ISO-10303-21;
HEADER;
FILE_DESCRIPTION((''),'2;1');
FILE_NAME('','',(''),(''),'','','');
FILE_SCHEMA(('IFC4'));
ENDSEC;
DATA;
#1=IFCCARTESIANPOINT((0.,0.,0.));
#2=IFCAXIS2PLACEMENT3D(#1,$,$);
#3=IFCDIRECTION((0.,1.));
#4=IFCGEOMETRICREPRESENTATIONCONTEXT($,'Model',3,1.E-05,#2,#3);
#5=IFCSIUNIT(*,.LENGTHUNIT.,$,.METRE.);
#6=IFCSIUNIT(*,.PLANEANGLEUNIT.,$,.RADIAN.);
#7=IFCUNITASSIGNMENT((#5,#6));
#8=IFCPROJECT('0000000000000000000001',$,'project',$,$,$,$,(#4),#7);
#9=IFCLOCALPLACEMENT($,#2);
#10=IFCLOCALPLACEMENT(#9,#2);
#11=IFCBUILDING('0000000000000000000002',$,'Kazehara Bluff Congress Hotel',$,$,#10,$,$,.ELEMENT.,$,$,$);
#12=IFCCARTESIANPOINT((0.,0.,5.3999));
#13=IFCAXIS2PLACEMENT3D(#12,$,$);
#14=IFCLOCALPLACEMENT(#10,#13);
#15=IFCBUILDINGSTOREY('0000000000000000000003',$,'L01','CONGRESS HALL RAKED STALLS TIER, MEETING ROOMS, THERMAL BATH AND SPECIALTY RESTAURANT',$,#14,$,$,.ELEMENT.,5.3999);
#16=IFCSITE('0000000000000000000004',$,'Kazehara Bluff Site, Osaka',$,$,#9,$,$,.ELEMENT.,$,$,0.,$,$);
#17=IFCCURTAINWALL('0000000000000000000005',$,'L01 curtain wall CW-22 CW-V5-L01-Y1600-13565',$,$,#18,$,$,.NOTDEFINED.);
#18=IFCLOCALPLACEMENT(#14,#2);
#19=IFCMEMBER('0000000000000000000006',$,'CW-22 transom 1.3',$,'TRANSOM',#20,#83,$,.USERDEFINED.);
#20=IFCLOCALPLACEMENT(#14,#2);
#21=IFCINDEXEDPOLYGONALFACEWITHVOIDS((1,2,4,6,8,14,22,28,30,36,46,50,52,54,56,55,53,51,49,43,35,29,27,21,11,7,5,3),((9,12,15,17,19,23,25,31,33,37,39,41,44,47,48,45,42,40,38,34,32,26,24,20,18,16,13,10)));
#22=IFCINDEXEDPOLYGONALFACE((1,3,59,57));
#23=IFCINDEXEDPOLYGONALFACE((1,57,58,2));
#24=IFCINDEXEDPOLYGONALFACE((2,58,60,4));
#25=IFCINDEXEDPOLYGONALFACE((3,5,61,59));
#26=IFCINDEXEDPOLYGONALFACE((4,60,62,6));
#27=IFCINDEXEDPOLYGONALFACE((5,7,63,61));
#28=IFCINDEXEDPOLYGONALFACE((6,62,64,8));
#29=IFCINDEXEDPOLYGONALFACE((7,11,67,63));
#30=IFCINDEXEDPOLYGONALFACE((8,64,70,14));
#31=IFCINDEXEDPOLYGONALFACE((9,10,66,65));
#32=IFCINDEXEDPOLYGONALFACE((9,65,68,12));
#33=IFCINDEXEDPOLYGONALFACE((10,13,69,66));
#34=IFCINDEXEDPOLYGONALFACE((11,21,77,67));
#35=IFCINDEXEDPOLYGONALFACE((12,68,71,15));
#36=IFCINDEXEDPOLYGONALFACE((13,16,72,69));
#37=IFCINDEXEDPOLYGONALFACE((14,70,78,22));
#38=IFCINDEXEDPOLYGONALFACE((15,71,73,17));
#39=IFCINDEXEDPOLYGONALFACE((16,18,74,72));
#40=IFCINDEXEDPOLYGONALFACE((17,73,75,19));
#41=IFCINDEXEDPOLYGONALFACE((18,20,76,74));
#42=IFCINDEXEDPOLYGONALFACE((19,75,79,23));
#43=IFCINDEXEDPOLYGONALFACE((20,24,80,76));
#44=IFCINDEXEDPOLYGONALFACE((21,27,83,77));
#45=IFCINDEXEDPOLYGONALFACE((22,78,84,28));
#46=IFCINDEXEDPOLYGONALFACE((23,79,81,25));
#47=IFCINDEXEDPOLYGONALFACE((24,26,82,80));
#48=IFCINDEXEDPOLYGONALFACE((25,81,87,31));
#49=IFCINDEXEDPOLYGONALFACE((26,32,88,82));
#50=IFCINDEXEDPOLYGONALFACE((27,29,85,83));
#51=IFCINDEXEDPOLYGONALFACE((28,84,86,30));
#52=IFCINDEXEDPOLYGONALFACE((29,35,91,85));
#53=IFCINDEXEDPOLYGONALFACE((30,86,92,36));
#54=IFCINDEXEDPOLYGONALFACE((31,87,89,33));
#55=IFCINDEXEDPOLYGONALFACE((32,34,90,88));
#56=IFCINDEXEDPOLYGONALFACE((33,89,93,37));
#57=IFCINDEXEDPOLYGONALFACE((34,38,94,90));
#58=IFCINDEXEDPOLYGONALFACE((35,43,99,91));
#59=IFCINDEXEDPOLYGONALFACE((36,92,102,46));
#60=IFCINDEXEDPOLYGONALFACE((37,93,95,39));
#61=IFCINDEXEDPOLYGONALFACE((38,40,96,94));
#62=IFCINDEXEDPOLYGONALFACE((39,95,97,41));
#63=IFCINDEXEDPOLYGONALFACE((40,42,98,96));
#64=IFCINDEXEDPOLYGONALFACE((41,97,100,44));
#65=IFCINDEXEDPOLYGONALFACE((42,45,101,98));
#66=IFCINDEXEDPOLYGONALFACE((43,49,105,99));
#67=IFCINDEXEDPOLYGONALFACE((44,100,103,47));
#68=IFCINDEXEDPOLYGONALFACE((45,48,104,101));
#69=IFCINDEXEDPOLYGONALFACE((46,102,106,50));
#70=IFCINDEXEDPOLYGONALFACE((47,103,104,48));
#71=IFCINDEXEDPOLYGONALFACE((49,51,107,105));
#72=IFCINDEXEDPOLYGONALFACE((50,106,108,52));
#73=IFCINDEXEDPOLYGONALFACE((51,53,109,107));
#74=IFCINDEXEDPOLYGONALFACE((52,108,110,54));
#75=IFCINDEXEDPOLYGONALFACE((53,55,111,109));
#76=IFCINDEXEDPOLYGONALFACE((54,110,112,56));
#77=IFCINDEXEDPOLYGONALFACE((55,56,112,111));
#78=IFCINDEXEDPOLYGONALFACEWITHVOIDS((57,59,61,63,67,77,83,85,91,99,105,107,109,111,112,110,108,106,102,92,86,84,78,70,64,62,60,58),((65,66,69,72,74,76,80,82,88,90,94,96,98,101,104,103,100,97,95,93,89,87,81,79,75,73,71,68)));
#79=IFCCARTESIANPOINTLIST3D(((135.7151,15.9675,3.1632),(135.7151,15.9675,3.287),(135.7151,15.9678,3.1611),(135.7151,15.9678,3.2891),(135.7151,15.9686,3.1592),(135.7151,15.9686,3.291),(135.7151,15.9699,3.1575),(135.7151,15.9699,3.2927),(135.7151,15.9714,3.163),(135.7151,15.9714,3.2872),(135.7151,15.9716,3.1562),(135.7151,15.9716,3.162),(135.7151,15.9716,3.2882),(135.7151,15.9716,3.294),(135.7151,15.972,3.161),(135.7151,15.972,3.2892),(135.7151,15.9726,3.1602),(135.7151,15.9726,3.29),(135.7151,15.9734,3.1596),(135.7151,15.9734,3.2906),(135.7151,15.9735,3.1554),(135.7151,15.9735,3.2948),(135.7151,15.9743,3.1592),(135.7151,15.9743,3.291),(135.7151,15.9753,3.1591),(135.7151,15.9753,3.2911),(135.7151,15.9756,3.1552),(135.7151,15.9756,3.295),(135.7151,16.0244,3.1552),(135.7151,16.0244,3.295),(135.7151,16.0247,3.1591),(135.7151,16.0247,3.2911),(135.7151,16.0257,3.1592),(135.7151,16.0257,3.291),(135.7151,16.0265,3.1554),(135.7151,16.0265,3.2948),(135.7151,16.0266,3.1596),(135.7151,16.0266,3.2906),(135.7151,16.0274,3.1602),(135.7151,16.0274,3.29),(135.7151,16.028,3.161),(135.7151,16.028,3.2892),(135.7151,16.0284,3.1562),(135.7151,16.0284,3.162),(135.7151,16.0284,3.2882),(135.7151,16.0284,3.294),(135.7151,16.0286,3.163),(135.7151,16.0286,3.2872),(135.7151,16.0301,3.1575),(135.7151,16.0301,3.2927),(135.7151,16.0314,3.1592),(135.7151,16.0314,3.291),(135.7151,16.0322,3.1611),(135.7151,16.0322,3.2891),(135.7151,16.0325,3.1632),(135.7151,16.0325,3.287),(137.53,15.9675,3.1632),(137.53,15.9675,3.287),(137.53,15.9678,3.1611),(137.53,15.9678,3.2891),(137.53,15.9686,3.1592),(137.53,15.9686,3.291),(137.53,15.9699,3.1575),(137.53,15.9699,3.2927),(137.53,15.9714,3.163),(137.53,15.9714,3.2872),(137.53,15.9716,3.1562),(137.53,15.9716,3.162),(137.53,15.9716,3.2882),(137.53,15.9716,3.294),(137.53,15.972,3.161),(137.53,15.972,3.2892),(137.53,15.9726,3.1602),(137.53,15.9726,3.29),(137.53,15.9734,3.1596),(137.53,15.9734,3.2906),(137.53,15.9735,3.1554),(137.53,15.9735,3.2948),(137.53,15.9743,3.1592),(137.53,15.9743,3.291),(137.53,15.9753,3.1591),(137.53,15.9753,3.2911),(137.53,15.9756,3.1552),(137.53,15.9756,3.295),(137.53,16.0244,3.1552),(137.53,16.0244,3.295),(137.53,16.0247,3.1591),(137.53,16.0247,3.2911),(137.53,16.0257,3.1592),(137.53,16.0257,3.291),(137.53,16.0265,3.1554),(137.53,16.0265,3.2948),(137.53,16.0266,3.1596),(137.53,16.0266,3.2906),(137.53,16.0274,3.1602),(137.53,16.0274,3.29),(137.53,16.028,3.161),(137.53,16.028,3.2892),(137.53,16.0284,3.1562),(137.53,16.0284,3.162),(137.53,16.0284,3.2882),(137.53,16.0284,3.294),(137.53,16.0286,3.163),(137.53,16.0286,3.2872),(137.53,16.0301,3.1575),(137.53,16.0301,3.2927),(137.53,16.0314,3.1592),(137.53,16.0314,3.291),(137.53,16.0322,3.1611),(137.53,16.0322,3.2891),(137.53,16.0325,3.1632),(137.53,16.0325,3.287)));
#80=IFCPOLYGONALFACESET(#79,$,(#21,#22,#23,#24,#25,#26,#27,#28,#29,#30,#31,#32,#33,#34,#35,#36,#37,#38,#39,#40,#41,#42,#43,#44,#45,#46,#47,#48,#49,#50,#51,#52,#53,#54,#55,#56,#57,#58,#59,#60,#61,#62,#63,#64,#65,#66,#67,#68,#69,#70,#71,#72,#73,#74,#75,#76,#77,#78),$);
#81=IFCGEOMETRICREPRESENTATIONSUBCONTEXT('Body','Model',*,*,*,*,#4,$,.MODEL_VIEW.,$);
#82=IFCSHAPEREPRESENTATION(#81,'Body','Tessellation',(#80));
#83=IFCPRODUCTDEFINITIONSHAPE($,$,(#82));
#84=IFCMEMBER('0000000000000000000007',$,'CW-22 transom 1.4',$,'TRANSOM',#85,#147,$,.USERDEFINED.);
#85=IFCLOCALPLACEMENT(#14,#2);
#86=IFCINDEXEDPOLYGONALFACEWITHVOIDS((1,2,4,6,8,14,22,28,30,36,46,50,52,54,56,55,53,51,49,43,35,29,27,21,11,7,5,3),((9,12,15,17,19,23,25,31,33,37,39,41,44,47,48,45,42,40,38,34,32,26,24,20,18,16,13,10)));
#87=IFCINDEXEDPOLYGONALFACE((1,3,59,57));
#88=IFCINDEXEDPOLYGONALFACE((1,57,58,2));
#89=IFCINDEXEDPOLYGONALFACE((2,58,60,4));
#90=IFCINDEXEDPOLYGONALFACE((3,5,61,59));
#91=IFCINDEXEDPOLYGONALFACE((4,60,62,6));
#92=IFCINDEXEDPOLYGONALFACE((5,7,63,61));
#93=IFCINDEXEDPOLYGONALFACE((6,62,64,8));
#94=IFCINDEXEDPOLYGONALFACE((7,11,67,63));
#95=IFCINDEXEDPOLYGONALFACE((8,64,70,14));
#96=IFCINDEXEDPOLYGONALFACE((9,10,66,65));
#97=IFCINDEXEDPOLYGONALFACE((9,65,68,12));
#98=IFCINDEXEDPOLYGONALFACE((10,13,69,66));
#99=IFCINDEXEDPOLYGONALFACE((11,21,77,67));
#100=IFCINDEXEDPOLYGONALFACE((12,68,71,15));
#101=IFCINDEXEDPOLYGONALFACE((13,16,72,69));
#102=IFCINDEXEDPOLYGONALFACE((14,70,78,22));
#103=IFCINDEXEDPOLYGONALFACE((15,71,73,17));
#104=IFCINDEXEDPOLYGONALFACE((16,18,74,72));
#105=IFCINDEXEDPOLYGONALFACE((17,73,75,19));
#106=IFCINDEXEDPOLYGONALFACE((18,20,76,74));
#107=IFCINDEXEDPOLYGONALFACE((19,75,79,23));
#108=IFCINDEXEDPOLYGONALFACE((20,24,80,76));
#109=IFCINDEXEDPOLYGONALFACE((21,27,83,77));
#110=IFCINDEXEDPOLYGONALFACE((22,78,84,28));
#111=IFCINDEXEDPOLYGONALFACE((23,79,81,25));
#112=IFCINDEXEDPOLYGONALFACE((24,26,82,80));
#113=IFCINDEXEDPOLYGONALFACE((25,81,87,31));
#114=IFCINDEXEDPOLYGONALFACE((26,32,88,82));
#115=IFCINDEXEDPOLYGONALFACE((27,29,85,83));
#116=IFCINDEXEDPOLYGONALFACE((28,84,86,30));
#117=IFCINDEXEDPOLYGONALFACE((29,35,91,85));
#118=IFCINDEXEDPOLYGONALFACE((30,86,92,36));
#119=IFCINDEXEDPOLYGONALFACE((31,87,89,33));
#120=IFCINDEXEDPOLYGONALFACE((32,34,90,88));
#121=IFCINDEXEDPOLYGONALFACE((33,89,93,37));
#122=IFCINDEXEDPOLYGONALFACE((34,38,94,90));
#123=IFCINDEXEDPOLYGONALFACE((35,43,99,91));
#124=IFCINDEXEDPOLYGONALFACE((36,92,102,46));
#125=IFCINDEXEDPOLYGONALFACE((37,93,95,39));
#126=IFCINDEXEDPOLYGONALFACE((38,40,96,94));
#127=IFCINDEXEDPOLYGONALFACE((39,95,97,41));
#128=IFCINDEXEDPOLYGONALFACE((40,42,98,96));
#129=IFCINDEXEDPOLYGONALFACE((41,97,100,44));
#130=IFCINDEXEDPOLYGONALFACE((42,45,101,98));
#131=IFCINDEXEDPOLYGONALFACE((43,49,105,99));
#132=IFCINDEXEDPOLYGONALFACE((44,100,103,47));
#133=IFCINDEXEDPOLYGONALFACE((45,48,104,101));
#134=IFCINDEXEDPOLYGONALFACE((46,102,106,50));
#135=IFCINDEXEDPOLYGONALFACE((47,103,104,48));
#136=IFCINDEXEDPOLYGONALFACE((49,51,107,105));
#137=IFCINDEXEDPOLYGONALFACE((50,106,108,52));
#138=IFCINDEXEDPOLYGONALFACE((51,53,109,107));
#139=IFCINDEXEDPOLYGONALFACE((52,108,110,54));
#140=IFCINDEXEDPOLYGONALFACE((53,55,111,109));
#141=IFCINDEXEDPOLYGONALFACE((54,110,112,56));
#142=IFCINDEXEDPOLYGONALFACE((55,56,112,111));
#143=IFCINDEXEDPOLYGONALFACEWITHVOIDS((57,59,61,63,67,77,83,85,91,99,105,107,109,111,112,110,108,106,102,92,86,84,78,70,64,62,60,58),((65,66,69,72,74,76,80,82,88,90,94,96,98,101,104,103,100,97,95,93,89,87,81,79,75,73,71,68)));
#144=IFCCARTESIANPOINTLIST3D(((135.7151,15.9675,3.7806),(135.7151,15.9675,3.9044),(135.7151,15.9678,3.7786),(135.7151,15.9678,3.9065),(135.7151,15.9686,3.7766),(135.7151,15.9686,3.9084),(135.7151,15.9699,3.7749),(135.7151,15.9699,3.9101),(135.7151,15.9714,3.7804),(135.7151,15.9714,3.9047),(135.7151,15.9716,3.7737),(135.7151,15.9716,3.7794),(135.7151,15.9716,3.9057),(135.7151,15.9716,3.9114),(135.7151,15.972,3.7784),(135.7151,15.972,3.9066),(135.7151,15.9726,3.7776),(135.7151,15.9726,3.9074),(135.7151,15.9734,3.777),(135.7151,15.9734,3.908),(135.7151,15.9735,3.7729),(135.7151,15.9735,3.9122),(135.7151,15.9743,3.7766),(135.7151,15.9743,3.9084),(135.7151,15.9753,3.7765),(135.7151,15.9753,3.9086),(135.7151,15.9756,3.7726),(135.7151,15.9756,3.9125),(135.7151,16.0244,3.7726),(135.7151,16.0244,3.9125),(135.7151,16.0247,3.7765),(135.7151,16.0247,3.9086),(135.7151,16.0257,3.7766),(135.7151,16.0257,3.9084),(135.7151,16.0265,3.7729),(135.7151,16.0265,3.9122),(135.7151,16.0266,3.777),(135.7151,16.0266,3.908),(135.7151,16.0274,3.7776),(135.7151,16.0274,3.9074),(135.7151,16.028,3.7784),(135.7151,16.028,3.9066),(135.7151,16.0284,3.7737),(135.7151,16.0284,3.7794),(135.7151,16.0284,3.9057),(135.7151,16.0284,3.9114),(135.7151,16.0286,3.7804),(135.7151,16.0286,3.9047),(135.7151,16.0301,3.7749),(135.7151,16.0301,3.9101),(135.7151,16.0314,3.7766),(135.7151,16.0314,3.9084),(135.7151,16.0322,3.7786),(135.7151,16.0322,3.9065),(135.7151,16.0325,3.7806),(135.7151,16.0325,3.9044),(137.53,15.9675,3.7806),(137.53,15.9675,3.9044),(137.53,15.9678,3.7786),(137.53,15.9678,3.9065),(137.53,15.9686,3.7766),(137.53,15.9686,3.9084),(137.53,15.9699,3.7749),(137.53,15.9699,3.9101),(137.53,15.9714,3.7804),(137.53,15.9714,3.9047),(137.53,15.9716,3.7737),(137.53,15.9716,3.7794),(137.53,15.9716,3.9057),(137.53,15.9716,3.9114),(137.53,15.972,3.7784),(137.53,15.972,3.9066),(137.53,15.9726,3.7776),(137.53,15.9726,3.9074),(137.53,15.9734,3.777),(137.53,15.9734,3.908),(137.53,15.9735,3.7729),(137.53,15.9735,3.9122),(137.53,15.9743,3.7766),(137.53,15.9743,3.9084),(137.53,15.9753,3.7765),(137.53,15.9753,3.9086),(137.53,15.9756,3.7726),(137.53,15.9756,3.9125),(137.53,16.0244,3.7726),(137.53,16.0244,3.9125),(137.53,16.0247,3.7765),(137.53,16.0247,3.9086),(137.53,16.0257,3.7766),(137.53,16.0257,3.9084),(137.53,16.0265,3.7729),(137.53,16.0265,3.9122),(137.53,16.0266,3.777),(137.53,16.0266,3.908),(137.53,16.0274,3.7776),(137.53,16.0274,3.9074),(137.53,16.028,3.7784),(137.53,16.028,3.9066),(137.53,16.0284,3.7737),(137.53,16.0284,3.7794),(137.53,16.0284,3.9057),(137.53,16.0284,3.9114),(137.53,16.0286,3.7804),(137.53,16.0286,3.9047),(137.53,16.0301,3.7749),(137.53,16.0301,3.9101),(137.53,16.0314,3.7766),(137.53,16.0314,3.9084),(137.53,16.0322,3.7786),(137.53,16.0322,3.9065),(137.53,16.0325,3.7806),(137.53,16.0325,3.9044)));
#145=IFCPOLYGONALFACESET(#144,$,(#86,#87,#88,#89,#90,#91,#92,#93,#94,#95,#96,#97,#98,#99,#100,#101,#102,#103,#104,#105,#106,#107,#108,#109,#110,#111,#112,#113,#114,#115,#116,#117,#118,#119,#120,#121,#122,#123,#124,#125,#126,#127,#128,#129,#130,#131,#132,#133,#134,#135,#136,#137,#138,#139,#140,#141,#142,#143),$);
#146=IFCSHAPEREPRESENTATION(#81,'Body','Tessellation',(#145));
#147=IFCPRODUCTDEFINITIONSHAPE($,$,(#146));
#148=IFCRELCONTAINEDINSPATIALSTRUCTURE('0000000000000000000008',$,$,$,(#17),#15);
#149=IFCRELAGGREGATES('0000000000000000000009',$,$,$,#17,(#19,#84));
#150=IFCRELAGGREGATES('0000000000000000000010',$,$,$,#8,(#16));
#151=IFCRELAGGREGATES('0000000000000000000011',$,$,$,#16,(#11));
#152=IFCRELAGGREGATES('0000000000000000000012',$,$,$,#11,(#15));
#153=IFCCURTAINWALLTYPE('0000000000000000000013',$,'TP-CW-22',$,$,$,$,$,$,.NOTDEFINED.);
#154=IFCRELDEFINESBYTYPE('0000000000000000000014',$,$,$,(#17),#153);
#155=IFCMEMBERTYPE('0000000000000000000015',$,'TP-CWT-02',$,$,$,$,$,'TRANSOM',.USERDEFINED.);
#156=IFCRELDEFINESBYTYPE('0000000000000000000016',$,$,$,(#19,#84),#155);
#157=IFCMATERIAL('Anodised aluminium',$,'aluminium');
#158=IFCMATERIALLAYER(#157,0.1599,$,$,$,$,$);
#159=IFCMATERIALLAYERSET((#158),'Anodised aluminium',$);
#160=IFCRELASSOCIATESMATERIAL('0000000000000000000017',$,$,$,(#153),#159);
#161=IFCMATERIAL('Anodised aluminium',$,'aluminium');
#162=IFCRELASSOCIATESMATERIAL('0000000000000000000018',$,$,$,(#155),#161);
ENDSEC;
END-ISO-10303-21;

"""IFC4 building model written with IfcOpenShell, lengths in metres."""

from ifc_helpers import new_model, si_unit, direction, frame, origin, origin_2d, place, context, subcontext, project, spatial, hollow_rectangle, extrude, material, layer, layer_set, material_profile, profile_set, type_object, element, aggregate, save


model = new_model("IFC4")

# Units and contexts
model_context = context("Model", 3, precision=1e-05, world=origin(), true_north=direction((0.0, 1.0)))
body_context = subcontext(model_context, "Body", "Model", "MODEL_VIEW")
ifc_project = project(units=[si_unit("LENGTHUNIT", "METRE"), si_unit("PLANEANGLEUNIT", "RADIAN")], contexts=[model_context])

# Site, building, storey
site_placement = place(None, origin())
site = spatial("IfcSite", under=ifc_project, at=site_placement, Name="Kazehara Bluff Site, Osaka", CompositionType="ELEMENT", RefElevation=0.0)
building_placement = place(site_placement, origin())
building = spatial("IfcBuilding", under=site, at=building_placement, Name="Kazehara Bluff Congress Hotel", CompositionType="ELEMENT")
storey_placement = place(building_placement, frame((0.0, 0.0, 5.3999)))
storey = spatial("IfcBuildingStorey", under=building, at=storey_placement, Name="L01", Description="CONGRESS HALL RAKED STALLS TIER, MEETING ROOMS, THERMAL BATH AND SPECIALTY RESTAURANT", CompositionType="ELEMENT", Elevation=5.3999)

# Curtain wall
ifc_material_1 = material(Name="Anodised aluminium", Category="aluminium")
ifc_layer_1 = layer(ifc_material_1, 0.1599)
ifc_layer_set_1 = layer_set([ifc_layer_1], Name="Anodised aluminium")
curtain_wall_type_1 = type_object("IfcCurtainWallType", Name="TP-CW-22", PredefinedType="NOTDEFINED", material=ifc_layer_set_1)
curtain_wall_1_placement = place(storey_placement, origin())
curtain_wall_1 = element("IfcCurtainWall", 1, at=curtain_wall_1_placement, inside=storey, type_object=curtain_wall_type_1, Name="L01 curtain wall CW-22 CW-V5-L01-Y1600-13565", PredefinedType="NOTDEFINED")

# Members
ifc_material_2 = material(Name="Anodised aluminium", Category="aluminium")
ifc_material_profile_1 = material_profile(ifc_material_2, hollow_rectangle(XDim=0.0649, YDim=0.1399, WallThickness=0.0039, InnerFilletRadius=0.0039, OuterFilletRadius=0.0081, at=origin_2d()))
ifc_profile_set_1 = profile_set([ifc_material_profile_1], Name="Anodised aluminium")
member_type_1 = type_object("IfcMemberType", Name="TP-CWT-02", ElementType="TRANSOM", PredefinedType="USERDEFINED", material=ifc_profile_set_1)
member_1_placement = place(storey_placement, frame((135.7151, 16.0, 3.2251), z_axis=(1.0, 0.0, 0.0), x_axis=(0.0, 1.0, 0.0)))
member_1 = element("IfcMember", 2, at=member_1_placement, type_object=member_type_1, Name="CW-22 transom 1.3", ObjectType="TRANSOM", PredefinedType="USERDEFINED", context=body_context, shape_type="SweptSolid", body=[
    extrude(hollow_rectangle(XDim=0.0649, YDim=0.1399, WallThickness=0.0039, InnerFilletRadius=0.0039, OuterFilletRadius=0.0081, at=origin_2d()), origin(), (0.0, 0.0, 1.0), 1.8149),
])
member_2_placement = place(storey_placement, frame((135.7151, 16.0, 3.8425), z_axis=(1.0, 0.0, 0.0), x_axis=(0.0, 1.0, 0.0)))
member_2 = element("IfcMember", 3, at=member_2_placement, type_object=member_type_1, Name="CW-22 transom 1.4", ObjectType="TRANSOM", PredefinedType="USERDEFINED", context=body_context, shape_type="SweptSolid", body=[
    extrude(hollow_rectangle(XDim=0.0649, YDim=0.1399, WallThickness=0.0039, InnerFilletRadius=0.0039, OuterFilletRadius=0.0081, at=origin_2d()), origin(), (0.0, 0.0, 1.0), 1.8149),
])

aggregate(curtain_wall_1, [member_1, member_2])

save(model, "model.ifc")
